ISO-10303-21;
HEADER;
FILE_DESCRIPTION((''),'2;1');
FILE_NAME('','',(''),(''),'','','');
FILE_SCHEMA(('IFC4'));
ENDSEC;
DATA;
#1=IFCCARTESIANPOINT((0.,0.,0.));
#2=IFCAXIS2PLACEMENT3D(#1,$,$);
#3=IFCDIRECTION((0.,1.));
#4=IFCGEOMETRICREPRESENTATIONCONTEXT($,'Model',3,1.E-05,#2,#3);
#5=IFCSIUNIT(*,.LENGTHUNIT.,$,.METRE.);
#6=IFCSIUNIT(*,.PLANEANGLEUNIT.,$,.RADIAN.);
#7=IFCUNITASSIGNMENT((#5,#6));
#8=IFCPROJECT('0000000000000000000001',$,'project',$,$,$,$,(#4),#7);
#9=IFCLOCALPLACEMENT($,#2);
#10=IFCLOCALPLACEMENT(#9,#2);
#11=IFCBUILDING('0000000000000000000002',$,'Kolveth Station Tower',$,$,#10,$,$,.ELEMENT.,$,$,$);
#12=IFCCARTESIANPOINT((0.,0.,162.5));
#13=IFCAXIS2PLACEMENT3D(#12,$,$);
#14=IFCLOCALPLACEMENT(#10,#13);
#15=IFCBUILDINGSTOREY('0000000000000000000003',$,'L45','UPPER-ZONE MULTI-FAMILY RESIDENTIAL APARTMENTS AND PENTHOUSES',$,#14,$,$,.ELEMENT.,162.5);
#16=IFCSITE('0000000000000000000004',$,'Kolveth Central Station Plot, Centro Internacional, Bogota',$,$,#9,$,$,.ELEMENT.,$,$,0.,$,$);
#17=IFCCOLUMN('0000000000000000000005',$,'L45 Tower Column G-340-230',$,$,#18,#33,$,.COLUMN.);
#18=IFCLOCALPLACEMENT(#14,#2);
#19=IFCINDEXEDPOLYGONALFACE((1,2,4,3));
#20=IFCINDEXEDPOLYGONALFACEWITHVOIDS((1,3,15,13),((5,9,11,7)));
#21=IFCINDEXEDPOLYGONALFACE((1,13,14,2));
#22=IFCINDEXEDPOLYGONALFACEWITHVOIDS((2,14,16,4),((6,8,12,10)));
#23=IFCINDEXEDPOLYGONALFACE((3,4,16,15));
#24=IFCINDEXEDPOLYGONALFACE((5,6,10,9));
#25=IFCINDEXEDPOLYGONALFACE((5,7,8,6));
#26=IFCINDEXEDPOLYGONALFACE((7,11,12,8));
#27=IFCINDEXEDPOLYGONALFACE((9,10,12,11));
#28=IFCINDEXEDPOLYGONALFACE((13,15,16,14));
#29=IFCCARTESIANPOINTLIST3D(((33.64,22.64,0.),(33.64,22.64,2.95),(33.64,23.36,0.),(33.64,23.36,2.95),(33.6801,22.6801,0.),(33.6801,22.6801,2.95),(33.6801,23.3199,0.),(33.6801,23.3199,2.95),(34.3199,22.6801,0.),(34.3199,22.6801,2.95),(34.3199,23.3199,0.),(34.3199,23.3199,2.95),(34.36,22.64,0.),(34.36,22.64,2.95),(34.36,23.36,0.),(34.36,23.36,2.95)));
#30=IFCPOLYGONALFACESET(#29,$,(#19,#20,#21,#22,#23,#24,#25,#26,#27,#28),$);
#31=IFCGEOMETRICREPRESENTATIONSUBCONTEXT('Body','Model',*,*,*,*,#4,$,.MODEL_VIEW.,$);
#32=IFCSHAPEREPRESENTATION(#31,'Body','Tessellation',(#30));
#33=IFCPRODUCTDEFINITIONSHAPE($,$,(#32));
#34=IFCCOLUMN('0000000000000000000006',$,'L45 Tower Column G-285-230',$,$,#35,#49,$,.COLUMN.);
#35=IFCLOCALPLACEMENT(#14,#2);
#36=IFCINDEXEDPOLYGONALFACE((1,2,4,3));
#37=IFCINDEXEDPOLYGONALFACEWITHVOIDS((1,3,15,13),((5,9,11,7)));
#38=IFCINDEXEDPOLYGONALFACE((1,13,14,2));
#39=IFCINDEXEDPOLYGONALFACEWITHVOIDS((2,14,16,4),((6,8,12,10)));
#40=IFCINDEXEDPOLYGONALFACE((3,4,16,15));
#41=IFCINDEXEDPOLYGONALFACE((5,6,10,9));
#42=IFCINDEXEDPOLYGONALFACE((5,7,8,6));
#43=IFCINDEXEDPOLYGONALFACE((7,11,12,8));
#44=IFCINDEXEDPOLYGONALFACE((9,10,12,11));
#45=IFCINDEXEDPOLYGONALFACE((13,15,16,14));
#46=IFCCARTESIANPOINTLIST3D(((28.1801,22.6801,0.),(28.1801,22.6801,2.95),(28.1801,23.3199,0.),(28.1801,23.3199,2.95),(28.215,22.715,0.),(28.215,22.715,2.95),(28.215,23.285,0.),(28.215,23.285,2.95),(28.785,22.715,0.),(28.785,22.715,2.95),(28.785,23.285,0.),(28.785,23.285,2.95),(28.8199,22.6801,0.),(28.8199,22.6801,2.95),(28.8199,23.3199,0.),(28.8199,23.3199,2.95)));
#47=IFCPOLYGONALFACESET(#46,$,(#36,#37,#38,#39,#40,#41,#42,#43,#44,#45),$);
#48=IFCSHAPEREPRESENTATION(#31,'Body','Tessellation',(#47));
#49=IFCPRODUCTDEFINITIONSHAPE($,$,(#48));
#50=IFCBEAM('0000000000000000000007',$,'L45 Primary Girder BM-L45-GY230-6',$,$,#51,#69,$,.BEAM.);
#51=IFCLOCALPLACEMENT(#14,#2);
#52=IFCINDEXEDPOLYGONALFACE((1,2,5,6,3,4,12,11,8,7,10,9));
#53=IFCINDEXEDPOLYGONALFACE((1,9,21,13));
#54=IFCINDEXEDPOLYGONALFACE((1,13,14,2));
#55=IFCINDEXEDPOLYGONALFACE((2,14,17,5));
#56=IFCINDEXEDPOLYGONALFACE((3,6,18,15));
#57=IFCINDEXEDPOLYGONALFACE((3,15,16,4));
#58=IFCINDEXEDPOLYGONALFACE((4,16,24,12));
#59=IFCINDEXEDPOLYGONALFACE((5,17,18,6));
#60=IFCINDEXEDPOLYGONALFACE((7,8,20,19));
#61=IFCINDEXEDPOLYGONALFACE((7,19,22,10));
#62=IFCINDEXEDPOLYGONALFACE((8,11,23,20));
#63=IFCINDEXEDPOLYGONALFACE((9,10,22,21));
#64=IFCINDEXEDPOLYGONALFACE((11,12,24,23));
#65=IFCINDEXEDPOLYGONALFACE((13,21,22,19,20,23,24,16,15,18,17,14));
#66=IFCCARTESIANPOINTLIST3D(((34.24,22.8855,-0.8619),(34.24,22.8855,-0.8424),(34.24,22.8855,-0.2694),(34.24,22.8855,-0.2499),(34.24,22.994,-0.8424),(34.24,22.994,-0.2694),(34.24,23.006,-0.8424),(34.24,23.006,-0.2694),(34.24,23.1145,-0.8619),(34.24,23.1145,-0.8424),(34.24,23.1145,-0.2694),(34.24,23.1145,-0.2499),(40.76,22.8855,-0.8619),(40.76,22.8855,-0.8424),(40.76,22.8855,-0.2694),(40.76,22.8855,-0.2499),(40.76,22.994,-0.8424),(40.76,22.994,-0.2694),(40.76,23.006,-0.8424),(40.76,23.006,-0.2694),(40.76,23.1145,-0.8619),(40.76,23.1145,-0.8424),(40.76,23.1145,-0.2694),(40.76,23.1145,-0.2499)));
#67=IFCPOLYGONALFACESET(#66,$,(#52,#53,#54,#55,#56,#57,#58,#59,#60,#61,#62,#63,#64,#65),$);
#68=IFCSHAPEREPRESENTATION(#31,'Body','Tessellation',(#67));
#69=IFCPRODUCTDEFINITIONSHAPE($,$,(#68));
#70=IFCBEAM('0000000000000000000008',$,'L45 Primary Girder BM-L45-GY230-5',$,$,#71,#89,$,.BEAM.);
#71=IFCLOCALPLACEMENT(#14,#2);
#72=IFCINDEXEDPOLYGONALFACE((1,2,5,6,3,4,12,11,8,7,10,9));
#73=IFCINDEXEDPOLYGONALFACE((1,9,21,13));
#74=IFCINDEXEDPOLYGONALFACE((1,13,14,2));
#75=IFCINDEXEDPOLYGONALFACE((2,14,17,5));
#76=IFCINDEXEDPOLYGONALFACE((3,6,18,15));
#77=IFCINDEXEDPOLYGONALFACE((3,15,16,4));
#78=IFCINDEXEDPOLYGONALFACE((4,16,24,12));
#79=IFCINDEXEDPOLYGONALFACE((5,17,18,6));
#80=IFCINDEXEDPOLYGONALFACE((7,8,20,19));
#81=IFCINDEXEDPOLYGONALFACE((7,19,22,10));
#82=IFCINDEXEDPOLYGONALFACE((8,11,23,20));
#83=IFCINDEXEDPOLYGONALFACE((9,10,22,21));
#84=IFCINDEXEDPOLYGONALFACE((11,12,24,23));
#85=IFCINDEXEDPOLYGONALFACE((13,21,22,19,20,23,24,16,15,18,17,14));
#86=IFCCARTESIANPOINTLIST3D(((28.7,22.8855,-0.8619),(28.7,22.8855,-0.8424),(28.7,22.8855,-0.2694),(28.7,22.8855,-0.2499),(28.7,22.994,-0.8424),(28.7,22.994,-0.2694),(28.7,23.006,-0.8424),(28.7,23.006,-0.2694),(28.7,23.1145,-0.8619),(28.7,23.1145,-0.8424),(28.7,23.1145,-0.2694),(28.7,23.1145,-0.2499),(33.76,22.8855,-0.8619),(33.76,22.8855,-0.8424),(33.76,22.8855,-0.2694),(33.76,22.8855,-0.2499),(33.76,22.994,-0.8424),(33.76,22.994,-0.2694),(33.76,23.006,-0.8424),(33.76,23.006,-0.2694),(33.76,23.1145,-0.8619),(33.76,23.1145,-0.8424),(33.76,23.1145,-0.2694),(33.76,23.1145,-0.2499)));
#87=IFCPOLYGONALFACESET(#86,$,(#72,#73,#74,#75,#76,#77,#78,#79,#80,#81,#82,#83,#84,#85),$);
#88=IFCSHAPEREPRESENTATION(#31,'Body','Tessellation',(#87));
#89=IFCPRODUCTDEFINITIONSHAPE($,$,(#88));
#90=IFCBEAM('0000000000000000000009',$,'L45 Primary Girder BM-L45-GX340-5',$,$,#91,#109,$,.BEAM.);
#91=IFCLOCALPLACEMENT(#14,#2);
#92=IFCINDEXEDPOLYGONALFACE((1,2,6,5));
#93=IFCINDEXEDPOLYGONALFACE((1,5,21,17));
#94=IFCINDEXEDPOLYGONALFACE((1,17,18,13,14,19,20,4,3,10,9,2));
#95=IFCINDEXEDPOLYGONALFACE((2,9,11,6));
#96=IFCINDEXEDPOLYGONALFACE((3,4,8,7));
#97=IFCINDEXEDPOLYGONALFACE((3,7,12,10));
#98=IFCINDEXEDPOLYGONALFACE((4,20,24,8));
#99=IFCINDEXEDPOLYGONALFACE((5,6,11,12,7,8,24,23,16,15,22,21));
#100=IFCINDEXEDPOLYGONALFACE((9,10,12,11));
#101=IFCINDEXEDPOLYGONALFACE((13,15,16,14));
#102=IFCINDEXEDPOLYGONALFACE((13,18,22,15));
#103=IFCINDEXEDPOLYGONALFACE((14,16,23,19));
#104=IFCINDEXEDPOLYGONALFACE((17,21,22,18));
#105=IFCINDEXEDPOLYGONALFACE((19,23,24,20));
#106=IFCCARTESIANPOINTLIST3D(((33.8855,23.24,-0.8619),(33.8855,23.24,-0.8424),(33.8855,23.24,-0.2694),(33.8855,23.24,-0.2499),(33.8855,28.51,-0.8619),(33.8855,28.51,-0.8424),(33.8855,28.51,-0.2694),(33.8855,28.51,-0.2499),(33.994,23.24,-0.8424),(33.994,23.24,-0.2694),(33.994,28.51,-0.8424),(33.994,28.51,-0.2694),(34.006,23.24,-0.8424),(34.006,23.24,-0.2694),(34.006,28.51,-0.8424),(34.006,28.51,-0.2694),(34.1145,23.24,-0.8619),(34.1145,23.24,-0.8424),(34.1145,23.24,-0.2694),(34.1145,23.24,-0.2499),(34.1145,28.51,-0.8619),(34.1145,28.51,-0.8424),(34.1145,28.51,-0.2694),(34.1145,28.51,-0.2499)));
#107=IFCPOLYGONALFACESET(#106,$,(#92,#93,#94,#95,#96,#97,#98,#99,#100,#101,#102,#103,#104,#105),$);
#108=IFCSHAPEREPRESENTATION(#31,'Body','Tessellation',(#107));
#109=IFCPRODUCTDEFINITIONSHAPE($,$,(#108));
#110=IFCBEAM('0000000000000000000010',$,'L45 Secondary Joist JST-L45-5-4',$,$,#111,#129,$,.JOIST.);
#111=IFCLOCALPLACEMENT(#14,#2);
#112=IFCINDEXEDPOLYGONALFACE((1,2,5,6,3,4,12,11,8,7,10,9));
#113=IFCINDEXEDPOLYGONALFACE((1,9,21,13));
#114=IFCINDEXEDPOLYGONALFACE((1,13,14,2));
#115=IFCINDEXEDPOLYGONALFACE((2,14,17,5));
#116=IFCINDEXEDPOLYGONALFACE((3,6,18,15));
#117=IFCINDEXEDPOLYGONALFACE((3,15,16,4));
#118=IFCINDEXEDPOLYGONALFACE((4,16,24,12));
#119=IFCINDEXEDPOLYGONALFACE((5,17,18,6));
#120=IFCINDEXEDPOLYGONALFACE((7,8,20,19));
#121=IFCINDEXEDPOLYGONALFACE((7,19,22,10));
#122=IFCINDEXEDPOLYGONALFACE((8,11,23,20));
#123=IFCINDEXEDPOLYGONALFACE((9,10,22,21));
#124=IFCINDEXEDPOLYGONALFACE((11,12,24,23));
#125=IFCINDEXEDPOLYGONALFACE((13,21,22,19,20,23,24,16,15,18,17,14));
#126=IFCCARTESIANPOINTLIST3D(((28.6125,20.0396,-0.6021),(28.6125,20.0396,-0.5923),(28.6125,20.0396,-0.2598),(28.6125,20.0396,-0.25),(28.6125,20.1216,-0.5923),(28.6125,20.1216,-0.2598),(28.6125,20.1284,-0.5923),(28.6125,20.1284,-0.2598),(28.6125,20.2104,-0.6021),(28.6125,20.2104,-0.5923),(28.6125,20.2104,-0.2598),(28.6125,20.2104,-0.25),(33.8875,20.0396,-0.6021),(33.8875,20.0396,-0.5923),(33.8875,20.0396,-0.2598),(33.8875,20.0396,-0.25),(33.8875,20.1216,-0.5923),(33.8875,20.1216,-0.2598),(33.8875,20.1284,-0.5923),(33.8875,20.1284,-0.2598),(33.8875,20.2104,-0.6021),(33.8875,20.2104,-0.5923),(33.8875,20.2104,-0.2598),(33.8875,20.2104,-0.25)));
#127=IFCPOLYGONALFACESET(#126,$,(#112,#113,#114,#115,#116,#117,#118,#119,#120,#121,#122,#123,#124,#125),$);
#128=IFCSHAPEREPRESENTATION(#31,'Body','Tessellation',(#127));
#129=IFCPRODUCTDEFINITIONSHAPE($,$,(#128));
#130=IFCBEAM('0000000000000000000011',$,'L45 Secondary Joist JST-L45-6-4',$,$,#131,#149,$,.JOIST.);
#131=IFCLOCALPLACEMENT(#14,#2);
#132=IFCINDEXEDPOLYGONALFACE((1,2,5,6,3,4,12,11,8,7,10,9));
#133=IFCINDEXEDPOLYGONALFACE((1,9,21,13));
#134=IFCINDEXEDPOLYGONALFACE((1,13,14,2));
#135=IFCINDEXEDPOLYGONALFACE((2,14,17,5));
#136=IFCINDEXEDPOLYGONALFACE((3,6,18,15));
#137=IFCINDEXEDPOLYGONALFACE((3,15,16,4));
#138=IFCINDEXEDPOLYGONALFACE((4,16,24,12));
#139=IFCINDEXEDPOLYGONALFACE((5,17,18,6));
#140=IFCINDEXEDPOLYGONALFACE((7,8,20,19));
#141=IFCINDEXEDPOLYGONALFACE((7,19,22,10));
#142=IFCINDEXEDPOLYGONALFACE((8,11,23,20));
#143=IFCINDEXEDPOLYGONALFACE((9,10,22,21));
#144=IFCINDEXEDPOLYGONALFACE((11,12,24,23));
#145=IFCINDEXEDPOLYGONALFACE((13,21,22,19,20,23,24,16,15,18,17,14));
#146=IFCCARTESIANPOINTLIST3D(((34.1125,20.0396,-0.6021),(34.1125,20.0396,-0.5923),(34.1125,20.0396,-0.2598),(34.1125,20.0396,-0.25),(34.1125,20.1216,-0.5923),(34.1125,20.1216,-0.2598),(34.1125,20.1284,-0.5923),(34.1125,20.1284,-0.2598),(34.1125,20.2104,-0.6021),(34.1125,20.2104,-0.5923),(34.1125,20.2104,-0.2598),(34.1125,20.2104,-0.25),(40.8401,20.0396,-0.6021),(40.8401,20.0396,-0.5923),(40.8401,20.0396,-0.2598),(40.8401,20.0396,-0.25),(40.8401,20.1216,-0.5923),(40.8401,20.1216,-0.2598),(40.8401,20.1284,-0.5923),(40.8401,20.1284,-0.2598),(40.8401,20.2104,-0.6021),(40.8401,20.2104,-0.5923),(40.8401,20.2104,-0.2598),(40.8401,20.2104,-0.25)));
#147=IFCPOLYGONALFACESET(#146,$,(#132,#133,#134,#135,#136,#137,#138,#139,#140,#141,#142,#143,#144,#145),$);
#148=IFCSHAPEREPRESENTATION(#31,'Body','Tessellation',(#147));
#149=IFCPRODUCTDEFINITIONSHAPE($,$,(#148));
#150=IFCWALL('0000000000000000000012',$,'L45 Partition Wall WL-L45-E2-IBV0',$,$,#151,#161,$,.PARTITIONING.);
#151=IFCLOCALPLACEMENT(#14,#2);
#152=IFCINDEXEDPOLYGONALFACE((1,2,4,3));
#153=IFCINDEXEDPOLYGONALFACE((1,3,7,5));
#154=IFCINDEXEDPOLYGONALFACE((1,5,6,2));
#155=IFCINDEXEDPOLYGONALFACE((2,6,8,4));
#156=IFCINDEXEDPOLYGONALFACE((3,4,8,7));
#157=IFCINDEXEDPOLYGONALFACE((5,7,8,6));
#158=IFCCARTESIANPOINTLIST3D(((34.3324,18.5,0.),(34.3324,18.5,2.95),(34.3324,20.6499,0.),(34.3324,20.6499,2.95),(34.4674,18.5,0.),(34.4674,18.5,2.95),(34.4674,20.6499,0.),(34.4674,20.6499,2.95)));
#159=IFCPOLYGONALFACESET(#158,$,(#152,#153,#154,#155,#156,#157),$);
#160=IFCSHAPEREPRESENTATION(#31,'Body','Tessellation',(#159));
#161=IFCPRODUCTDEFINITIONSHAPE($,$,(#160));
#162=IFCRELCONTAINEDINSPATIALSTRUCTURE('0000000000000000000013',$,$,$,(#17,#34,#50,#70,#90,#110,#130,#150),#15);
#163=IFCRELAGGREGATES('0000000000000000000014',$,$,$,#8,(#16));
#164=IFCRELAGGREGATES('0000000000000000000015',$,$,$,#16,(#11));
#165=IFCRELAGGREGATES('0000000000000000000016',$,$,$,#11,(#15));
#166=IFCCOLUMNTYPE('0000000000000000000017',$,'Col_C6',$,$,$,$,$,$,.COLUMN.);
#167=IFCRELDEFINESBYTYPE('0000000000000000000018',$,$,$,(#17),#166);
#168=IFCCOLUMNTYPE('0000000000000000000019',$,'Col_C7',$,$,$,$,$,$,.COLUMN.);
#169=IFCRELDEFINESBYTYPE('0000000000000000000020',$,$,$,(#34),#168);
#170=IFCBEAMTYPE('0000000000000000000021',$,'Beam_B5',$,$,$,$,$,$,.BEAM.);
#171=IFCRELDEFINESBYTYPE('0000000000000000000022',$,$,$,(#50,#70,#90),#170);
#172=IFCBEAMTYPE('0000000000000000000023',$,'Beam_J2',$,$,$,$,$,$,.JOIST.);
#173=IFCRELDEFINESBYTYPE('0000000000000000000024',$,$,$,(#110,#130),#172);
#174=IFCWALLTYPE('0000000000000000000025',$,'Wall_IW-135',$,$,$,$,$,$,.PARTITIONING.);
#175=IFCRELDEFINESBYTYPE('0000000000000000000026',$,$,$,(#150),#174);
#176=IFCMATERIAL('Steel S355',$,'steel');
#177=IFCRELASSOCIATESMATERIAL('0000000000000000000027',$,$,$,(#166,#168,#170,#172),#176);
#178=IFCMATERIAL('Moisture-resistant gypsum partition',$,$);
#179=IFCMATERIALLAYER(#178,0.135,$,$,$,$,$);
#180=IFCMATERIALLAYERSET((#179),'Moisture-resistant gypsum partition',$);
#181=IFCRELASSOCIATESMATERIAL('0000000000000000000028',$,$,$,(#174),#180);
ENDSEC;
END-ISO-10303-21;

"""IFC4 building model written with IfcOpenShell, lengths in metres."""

from ifc_helpers import new_model, si_unit, direction, frame, frame_2d, origin, origin_2d, place, context, subcontext, project, spatial, rectangle, hollow_rectangle, i_section, extrude, source, transform, mapped, material, layer, layer_set, material_profile, profile_set, type_object, element, save


model = new_model("IFC4")

# Units and contexts
model_context = context("Model", 3, precision=1e-05, world=origin(), true_north=direction((0.0, 1.0)))
body_context = subcontext(model_context, "Body", "Model", "MODEL_VIEW")
ifc_project = project(units=[si_unit("LENGTHUNIT", "METRE"), si_unit("PLANEANGLEUNIT", "RADIAN")], contexts=[model_context])

# Site, building, storey
site_placement = place(None, origin())
site = spatial("IfcSite", under=ifc_project, at=site_placement, Name="Kolveth Central Station Plot, Centro Internacional, Bogota", CompositionType="ELEMENT", RefElevation=0.0)
building_placement = place(site_placement, origin())
building = spatial("IfcBuilding", under=site, at=building_placement, Name="Kolveth Station Tower", CompositionType="ELEMENT")
storey_placement = place(building_placement, frame((0.0, 0.0, 162.5)))
storey = spatial("IfcBuildingStorey", under=building, at=storey_placement, Name="L45", Description="UPPER-ZONE MULTI-FAMILY RESIDENTIAL APARTMENTS AND PENTHOUSES", CompositionType="ELEMENT", Elevation=162.5)

# Columns
ifc_material_1 = material(Name="Steel S355", Category="steel")
ifc_material_profile_1 = material_profile(ifc_material_1, hollow_rectangle(XDim=0.72, YDim=0.72, WallThickness=0.04, at=origin_2d()), Name="BOX720x720x40")
ifc_profile_set_1 = profile_set([ifc_material_profile_1], Name="Steel S355")
column_type_1 = type_object("IfcColumnType", Name="Col_C6", PredefinedType="COLUMN", material=ifc_profile_set_1)
shared_shape_1 = source(origin(), body_context, "Body", "SweptSolid", [
    extrude(hollow_rectangle(XDim=0.72, YDim=0.72, WallThickness=0.04, at=origin_2d()), origin(), (0.0, 0.0, 1.0), 2.95),
])
column_1_placement = place(storey_placement, frame((34.0, 23.0, 0.0), z_axis=(0.0, 0.0, 1.0), x_axis=(1.0, 0.0, 0.0)))
element("IfcColumn", 1, at=column_1_placement, inside=storey, type_object=column_type_1, Name="L45 Tower Column G-340-230", PredefinedType="COLUMN", context=body_context, shape_type="MappedRepresentation", body=[
    mapped(shared_shape_1, transform((0.0, 0.0, 0.0), x_axis=(1.0, 0.0, 0.0), y_axis=(0.0, 1.0, 0.0), z_axis=(0.0, 0.0, 1.0), scale=1.0)),
])
ifc_material_profile_2 = material_profile(ifc_material_1, hollow_rectangle(XDim=0.6399, YDim=0.6399, WallThickness=0.0349, at=origin_2d()), Name="BOX640x640x35")
ifc_profile_set_2 = profile_set([ifc_material_profile_2], Name="Steel S355")
column_type_2 = type_object("IfcColumnType", Name="Col_C7", PredefinedType="COLUMN", material=ifc_profile_set_2)
shared_shape_2 = source(origin(), body_context, "Body", "SweptSolid", [
    extrude(hollow_rectangle(XDim=0.6399, YDim=0.6399, WallThickness=0.0349, at=origin_2d()), origin(), (0.0, 0.0, 1.0), 2.95),
])
column_2_placement = place(storey_placement, frame((28.5, 23.0, 0.0), z_axis=(0.0, 0.0, 1.0), x_axis=(1.0, 0.0, 0.0)))
element("IfcColumn", 2, at=column_2_placement, inside=storey, type_object=column_type_2, Name="L45 Tower Column G-285-230", PredefinedType="COLUMN", context=body_context, shape_type="MappedRepresentation", body=[
    mapped(shared_shape_2, transform((0.0, 0.0, 0.0), x_axis=(1.0, 0.0, 0.0), y_axis=(0.0, 1.0, 0.0), z_axis=(0.0, 0.0, 1.0), scale=1.0)),
])

# Beams
ifc_material_profile_3 = material_profile(ifc_material_1, i_section(OverallWidth=0.229, OverallDepth=0.6121, WebThickness=0.012, FlangeThickness=0.0195, at=origin_2d()), Name="W610x125")
ifc_profile_set_3 = profile_set([ifc_material_profile_3], Name="Steel S355")
beam_type_1 = type_object("IfcBeamType", Name="Beam_B5", PredefinedType="BEAM", material=ifc_profile_set_3)
shared_shape_3 = source(origin(), body_context, "Body", "SweptSolid", [
    extrude(i_section(OverallWidth=0.229, OverallDepth=0.6121, WebThickness=0.012, FlangeThickness=0.0195, at=origin_2d()), origin(), (0.0, 0.0, 1.0), 6.52),
])
beam_1_placement = place(storey_placement, frame((34.24, 23.0, -0.5559), z_axis=(1.0, 0.0, 0.0), x_axis=(0.0, 1.0, 0.0)))
element("IfcBeam", 3, at=beam_1_placement, inside=storey, type_object=beam_type_1, Name="L45 Primary Girder BM-L45-GY230-6", PredefinedType="BEAM", context=body_context, shape_type="MappedRepresentation", body=[
    mapped(shared_shape_3, transform((0.0, 0.0, 0.0), x_axis=(1.0, 0.0, 0.0), y_axis=(0.0, 1.0, 0.0), z_axis=(0.0, 0.0, 1.0), scale=1.0)),
])
shared_shape_4 = source(origin(), body_context, "Body", "SweptSolid", [
    extrude(i_section(OverallWidth=0.229, OverallDepth=0.6121, WebThickness=0.012, FlangeThickness=0.0195, at=origin_2d()), origin(), (0.0, 0.0, 1.0), 5.0601),
])
beam_2_placement = place(storey_placement, frame((28.7, 23.0, -0.5559), z_axis=(1.0, 0.0, 0.0), x_axis=(0.0, 1.0, 0.0)))
element("IfcBeam", 4, at=beam_2_placement, inside=storey, type_object=beam_type_1, Name="L45 Primary Girder BM-L45-GY230-5", PredefinedType="BEAM", context=body_context, shape_type="MappedRepresentation", body=[
    mapped(shared_shape_4, transform((0.0, 0.0, 0.0), x_axis=(1.0, 0.0, 0.0), y_axis=(0.0, 1.0, 0.0), z_axis=(0.0, 0.0, 1.0), scale=1.0)),
])
shared_shape_5 = source(origin(), body_context, "Body", "SweptSolid", [
    extrude(i_section(OverallWidth=0.229, OverallDepth=0.6121, WebThickness=0.012, FlangeThickness=0.0195, at=origin_2d()), origin(), (0.0, 0.0, 1.0), 5.27),
])
beam_3_placement = place(storey_placement, frame((34.0, 23.24, -0.5559), z_axis=(0.0, 1.0, 0.0), x_axis=(-1.0, 0.0, 0.0)))
element("IfcBeam", 5, at=beam_3_placement, inside=storey, type_object=beam_type_1, Name="L45 Primary Girder BM-L45-GX340-5", PredefinedType="BEAM", context=body_context, shape_type="MappedRepresentation", body=[
    mapped(shared_shape_5, transform((0.0, 0.0, 0.0), x_axis=(1.0, 0.0, 0.0), y_axis=(0.0, 1.0, 0.0), z_axis=(0.0, 0.0, 1.0), scale=1.0)),
])
ifc_material_profile_4 = material_profile(ifc_material_1, i_section(OverallWidth=0.1709, OverallDepth=0.3521, WebThickness=0.0068, FlangeThickness=0.0098, at=origin_2d()), Name="W360x44")
ifc_profile_set_4 = profile_set([ifc_material_profile_4], Name="Steel S355")
beam_type_2 = type_object("IfcBeamType", Name="Beam_J2", PredefinedType="JOIST", material=ifc_profile_set_4)
shared_shape_6 = source(origin(), body_context, "Body", "SweptSolid", [
    extrude(i_section(OverallWidth=0.1709, OverallDepth=0.3521, WebThickness=0.0068, FlangeThickness=0.0098, at=origin_2d()), origin(), (0.0, 0.0, 1.0), 5.2749),
])
beam_4_placement = place(storey_placement, frame((28.6125, 20.125, -0.426), z_axis=(1.0, 0.0, 0.0), x_axis=(0.0, 1.0, 0.0)))
element("IfcBeam", 6, at=beam_4_placement, inside=storey, type_object=beam_type_2, Name="L45 Secondary Joist JST-L45-5-4", PredefinedType="JOIST", context=body_context, shape_type="MappedRepresentation", body=[
    mapped(shared_shape_6, transform((0.0, 0.0, 0.0), x_axis=(1.0, 0.0, 0.0), y_axis=(0.0, 1.0, 0.0), z_axis=(0.0, 0.0, 1.0), scale=1.0)),
])
shared_shape_7 = source(origin(), body_context, "Body", "SweptSolid", [
    extrude(i_section(OverallWidth=0.1709, OverallDepth=0.3521, WebThickness=0.0068, FlangeThickness=0.0098, at=origin_2d()), origin(), (0.0, 0.0, 1.0), 6.7275),
])
beam_5_placement = place(storey_placement, frame((34.1125, 20.125, -0.426), z_axis=(1.0, 0.0, 0.0), x_axis=(0.0, 1.0, 0.0)))
element("IfcBeam", 7, at=beam_5_placement, inside=storey, type_object=beam_type_2, Name="L45 Secondary Joist JST-L45-6-4", PredefinedType="JOIST", context=body_context, shape_type="MappedRepresentation", body=[
    mapped(shared_shape_7, transform((0.0, 0.0, 0.0), x_axis=(1.0, 0.0, 0.0), y_axis=(0.0, 1.0, 0.0), z_axis=(0.0, 0.0, 1.0), scale=1.0)),
])

# Wall
ifc_material_2 = material(Name="Moisture-resistant gypsum partition")
ifc_layer_1 = layer(ifc_material_2, 0.135)
ifc_layer_set_1 = layer_set([ifc_layer_1], Name="Moisture-resistant gypsum partition")
wall_type_1 = type_object("IfcWallType", Name="Wall_IW-135", PredefinedType="PARTITIONING", material=ifc_layer_set_1)
wall_1_placement = place(storey_placement, frame((34.3999, 18.5, 0.0), z_axis=(0.0, 0.0, 1.0), x_axis=(0.0, 1.0, 0.0)))
element("IfcWall", 8, at=wall_1_placement, inside=storey, type_object=wall_type_1, Name="L45 Partition Wall WL-L45-E2-IBV0", PredefinedType="PARTITIONING", context=body_context, shape_type="SweptSolid", body=[
    extrude(rectangle(XDim=2.1499, YDim=0.135, at=frame_2d((1.075, 0.0))), origin(), (0.0, 0.0, 1.0), 2.95),
])

save(model, "model.ifc")
